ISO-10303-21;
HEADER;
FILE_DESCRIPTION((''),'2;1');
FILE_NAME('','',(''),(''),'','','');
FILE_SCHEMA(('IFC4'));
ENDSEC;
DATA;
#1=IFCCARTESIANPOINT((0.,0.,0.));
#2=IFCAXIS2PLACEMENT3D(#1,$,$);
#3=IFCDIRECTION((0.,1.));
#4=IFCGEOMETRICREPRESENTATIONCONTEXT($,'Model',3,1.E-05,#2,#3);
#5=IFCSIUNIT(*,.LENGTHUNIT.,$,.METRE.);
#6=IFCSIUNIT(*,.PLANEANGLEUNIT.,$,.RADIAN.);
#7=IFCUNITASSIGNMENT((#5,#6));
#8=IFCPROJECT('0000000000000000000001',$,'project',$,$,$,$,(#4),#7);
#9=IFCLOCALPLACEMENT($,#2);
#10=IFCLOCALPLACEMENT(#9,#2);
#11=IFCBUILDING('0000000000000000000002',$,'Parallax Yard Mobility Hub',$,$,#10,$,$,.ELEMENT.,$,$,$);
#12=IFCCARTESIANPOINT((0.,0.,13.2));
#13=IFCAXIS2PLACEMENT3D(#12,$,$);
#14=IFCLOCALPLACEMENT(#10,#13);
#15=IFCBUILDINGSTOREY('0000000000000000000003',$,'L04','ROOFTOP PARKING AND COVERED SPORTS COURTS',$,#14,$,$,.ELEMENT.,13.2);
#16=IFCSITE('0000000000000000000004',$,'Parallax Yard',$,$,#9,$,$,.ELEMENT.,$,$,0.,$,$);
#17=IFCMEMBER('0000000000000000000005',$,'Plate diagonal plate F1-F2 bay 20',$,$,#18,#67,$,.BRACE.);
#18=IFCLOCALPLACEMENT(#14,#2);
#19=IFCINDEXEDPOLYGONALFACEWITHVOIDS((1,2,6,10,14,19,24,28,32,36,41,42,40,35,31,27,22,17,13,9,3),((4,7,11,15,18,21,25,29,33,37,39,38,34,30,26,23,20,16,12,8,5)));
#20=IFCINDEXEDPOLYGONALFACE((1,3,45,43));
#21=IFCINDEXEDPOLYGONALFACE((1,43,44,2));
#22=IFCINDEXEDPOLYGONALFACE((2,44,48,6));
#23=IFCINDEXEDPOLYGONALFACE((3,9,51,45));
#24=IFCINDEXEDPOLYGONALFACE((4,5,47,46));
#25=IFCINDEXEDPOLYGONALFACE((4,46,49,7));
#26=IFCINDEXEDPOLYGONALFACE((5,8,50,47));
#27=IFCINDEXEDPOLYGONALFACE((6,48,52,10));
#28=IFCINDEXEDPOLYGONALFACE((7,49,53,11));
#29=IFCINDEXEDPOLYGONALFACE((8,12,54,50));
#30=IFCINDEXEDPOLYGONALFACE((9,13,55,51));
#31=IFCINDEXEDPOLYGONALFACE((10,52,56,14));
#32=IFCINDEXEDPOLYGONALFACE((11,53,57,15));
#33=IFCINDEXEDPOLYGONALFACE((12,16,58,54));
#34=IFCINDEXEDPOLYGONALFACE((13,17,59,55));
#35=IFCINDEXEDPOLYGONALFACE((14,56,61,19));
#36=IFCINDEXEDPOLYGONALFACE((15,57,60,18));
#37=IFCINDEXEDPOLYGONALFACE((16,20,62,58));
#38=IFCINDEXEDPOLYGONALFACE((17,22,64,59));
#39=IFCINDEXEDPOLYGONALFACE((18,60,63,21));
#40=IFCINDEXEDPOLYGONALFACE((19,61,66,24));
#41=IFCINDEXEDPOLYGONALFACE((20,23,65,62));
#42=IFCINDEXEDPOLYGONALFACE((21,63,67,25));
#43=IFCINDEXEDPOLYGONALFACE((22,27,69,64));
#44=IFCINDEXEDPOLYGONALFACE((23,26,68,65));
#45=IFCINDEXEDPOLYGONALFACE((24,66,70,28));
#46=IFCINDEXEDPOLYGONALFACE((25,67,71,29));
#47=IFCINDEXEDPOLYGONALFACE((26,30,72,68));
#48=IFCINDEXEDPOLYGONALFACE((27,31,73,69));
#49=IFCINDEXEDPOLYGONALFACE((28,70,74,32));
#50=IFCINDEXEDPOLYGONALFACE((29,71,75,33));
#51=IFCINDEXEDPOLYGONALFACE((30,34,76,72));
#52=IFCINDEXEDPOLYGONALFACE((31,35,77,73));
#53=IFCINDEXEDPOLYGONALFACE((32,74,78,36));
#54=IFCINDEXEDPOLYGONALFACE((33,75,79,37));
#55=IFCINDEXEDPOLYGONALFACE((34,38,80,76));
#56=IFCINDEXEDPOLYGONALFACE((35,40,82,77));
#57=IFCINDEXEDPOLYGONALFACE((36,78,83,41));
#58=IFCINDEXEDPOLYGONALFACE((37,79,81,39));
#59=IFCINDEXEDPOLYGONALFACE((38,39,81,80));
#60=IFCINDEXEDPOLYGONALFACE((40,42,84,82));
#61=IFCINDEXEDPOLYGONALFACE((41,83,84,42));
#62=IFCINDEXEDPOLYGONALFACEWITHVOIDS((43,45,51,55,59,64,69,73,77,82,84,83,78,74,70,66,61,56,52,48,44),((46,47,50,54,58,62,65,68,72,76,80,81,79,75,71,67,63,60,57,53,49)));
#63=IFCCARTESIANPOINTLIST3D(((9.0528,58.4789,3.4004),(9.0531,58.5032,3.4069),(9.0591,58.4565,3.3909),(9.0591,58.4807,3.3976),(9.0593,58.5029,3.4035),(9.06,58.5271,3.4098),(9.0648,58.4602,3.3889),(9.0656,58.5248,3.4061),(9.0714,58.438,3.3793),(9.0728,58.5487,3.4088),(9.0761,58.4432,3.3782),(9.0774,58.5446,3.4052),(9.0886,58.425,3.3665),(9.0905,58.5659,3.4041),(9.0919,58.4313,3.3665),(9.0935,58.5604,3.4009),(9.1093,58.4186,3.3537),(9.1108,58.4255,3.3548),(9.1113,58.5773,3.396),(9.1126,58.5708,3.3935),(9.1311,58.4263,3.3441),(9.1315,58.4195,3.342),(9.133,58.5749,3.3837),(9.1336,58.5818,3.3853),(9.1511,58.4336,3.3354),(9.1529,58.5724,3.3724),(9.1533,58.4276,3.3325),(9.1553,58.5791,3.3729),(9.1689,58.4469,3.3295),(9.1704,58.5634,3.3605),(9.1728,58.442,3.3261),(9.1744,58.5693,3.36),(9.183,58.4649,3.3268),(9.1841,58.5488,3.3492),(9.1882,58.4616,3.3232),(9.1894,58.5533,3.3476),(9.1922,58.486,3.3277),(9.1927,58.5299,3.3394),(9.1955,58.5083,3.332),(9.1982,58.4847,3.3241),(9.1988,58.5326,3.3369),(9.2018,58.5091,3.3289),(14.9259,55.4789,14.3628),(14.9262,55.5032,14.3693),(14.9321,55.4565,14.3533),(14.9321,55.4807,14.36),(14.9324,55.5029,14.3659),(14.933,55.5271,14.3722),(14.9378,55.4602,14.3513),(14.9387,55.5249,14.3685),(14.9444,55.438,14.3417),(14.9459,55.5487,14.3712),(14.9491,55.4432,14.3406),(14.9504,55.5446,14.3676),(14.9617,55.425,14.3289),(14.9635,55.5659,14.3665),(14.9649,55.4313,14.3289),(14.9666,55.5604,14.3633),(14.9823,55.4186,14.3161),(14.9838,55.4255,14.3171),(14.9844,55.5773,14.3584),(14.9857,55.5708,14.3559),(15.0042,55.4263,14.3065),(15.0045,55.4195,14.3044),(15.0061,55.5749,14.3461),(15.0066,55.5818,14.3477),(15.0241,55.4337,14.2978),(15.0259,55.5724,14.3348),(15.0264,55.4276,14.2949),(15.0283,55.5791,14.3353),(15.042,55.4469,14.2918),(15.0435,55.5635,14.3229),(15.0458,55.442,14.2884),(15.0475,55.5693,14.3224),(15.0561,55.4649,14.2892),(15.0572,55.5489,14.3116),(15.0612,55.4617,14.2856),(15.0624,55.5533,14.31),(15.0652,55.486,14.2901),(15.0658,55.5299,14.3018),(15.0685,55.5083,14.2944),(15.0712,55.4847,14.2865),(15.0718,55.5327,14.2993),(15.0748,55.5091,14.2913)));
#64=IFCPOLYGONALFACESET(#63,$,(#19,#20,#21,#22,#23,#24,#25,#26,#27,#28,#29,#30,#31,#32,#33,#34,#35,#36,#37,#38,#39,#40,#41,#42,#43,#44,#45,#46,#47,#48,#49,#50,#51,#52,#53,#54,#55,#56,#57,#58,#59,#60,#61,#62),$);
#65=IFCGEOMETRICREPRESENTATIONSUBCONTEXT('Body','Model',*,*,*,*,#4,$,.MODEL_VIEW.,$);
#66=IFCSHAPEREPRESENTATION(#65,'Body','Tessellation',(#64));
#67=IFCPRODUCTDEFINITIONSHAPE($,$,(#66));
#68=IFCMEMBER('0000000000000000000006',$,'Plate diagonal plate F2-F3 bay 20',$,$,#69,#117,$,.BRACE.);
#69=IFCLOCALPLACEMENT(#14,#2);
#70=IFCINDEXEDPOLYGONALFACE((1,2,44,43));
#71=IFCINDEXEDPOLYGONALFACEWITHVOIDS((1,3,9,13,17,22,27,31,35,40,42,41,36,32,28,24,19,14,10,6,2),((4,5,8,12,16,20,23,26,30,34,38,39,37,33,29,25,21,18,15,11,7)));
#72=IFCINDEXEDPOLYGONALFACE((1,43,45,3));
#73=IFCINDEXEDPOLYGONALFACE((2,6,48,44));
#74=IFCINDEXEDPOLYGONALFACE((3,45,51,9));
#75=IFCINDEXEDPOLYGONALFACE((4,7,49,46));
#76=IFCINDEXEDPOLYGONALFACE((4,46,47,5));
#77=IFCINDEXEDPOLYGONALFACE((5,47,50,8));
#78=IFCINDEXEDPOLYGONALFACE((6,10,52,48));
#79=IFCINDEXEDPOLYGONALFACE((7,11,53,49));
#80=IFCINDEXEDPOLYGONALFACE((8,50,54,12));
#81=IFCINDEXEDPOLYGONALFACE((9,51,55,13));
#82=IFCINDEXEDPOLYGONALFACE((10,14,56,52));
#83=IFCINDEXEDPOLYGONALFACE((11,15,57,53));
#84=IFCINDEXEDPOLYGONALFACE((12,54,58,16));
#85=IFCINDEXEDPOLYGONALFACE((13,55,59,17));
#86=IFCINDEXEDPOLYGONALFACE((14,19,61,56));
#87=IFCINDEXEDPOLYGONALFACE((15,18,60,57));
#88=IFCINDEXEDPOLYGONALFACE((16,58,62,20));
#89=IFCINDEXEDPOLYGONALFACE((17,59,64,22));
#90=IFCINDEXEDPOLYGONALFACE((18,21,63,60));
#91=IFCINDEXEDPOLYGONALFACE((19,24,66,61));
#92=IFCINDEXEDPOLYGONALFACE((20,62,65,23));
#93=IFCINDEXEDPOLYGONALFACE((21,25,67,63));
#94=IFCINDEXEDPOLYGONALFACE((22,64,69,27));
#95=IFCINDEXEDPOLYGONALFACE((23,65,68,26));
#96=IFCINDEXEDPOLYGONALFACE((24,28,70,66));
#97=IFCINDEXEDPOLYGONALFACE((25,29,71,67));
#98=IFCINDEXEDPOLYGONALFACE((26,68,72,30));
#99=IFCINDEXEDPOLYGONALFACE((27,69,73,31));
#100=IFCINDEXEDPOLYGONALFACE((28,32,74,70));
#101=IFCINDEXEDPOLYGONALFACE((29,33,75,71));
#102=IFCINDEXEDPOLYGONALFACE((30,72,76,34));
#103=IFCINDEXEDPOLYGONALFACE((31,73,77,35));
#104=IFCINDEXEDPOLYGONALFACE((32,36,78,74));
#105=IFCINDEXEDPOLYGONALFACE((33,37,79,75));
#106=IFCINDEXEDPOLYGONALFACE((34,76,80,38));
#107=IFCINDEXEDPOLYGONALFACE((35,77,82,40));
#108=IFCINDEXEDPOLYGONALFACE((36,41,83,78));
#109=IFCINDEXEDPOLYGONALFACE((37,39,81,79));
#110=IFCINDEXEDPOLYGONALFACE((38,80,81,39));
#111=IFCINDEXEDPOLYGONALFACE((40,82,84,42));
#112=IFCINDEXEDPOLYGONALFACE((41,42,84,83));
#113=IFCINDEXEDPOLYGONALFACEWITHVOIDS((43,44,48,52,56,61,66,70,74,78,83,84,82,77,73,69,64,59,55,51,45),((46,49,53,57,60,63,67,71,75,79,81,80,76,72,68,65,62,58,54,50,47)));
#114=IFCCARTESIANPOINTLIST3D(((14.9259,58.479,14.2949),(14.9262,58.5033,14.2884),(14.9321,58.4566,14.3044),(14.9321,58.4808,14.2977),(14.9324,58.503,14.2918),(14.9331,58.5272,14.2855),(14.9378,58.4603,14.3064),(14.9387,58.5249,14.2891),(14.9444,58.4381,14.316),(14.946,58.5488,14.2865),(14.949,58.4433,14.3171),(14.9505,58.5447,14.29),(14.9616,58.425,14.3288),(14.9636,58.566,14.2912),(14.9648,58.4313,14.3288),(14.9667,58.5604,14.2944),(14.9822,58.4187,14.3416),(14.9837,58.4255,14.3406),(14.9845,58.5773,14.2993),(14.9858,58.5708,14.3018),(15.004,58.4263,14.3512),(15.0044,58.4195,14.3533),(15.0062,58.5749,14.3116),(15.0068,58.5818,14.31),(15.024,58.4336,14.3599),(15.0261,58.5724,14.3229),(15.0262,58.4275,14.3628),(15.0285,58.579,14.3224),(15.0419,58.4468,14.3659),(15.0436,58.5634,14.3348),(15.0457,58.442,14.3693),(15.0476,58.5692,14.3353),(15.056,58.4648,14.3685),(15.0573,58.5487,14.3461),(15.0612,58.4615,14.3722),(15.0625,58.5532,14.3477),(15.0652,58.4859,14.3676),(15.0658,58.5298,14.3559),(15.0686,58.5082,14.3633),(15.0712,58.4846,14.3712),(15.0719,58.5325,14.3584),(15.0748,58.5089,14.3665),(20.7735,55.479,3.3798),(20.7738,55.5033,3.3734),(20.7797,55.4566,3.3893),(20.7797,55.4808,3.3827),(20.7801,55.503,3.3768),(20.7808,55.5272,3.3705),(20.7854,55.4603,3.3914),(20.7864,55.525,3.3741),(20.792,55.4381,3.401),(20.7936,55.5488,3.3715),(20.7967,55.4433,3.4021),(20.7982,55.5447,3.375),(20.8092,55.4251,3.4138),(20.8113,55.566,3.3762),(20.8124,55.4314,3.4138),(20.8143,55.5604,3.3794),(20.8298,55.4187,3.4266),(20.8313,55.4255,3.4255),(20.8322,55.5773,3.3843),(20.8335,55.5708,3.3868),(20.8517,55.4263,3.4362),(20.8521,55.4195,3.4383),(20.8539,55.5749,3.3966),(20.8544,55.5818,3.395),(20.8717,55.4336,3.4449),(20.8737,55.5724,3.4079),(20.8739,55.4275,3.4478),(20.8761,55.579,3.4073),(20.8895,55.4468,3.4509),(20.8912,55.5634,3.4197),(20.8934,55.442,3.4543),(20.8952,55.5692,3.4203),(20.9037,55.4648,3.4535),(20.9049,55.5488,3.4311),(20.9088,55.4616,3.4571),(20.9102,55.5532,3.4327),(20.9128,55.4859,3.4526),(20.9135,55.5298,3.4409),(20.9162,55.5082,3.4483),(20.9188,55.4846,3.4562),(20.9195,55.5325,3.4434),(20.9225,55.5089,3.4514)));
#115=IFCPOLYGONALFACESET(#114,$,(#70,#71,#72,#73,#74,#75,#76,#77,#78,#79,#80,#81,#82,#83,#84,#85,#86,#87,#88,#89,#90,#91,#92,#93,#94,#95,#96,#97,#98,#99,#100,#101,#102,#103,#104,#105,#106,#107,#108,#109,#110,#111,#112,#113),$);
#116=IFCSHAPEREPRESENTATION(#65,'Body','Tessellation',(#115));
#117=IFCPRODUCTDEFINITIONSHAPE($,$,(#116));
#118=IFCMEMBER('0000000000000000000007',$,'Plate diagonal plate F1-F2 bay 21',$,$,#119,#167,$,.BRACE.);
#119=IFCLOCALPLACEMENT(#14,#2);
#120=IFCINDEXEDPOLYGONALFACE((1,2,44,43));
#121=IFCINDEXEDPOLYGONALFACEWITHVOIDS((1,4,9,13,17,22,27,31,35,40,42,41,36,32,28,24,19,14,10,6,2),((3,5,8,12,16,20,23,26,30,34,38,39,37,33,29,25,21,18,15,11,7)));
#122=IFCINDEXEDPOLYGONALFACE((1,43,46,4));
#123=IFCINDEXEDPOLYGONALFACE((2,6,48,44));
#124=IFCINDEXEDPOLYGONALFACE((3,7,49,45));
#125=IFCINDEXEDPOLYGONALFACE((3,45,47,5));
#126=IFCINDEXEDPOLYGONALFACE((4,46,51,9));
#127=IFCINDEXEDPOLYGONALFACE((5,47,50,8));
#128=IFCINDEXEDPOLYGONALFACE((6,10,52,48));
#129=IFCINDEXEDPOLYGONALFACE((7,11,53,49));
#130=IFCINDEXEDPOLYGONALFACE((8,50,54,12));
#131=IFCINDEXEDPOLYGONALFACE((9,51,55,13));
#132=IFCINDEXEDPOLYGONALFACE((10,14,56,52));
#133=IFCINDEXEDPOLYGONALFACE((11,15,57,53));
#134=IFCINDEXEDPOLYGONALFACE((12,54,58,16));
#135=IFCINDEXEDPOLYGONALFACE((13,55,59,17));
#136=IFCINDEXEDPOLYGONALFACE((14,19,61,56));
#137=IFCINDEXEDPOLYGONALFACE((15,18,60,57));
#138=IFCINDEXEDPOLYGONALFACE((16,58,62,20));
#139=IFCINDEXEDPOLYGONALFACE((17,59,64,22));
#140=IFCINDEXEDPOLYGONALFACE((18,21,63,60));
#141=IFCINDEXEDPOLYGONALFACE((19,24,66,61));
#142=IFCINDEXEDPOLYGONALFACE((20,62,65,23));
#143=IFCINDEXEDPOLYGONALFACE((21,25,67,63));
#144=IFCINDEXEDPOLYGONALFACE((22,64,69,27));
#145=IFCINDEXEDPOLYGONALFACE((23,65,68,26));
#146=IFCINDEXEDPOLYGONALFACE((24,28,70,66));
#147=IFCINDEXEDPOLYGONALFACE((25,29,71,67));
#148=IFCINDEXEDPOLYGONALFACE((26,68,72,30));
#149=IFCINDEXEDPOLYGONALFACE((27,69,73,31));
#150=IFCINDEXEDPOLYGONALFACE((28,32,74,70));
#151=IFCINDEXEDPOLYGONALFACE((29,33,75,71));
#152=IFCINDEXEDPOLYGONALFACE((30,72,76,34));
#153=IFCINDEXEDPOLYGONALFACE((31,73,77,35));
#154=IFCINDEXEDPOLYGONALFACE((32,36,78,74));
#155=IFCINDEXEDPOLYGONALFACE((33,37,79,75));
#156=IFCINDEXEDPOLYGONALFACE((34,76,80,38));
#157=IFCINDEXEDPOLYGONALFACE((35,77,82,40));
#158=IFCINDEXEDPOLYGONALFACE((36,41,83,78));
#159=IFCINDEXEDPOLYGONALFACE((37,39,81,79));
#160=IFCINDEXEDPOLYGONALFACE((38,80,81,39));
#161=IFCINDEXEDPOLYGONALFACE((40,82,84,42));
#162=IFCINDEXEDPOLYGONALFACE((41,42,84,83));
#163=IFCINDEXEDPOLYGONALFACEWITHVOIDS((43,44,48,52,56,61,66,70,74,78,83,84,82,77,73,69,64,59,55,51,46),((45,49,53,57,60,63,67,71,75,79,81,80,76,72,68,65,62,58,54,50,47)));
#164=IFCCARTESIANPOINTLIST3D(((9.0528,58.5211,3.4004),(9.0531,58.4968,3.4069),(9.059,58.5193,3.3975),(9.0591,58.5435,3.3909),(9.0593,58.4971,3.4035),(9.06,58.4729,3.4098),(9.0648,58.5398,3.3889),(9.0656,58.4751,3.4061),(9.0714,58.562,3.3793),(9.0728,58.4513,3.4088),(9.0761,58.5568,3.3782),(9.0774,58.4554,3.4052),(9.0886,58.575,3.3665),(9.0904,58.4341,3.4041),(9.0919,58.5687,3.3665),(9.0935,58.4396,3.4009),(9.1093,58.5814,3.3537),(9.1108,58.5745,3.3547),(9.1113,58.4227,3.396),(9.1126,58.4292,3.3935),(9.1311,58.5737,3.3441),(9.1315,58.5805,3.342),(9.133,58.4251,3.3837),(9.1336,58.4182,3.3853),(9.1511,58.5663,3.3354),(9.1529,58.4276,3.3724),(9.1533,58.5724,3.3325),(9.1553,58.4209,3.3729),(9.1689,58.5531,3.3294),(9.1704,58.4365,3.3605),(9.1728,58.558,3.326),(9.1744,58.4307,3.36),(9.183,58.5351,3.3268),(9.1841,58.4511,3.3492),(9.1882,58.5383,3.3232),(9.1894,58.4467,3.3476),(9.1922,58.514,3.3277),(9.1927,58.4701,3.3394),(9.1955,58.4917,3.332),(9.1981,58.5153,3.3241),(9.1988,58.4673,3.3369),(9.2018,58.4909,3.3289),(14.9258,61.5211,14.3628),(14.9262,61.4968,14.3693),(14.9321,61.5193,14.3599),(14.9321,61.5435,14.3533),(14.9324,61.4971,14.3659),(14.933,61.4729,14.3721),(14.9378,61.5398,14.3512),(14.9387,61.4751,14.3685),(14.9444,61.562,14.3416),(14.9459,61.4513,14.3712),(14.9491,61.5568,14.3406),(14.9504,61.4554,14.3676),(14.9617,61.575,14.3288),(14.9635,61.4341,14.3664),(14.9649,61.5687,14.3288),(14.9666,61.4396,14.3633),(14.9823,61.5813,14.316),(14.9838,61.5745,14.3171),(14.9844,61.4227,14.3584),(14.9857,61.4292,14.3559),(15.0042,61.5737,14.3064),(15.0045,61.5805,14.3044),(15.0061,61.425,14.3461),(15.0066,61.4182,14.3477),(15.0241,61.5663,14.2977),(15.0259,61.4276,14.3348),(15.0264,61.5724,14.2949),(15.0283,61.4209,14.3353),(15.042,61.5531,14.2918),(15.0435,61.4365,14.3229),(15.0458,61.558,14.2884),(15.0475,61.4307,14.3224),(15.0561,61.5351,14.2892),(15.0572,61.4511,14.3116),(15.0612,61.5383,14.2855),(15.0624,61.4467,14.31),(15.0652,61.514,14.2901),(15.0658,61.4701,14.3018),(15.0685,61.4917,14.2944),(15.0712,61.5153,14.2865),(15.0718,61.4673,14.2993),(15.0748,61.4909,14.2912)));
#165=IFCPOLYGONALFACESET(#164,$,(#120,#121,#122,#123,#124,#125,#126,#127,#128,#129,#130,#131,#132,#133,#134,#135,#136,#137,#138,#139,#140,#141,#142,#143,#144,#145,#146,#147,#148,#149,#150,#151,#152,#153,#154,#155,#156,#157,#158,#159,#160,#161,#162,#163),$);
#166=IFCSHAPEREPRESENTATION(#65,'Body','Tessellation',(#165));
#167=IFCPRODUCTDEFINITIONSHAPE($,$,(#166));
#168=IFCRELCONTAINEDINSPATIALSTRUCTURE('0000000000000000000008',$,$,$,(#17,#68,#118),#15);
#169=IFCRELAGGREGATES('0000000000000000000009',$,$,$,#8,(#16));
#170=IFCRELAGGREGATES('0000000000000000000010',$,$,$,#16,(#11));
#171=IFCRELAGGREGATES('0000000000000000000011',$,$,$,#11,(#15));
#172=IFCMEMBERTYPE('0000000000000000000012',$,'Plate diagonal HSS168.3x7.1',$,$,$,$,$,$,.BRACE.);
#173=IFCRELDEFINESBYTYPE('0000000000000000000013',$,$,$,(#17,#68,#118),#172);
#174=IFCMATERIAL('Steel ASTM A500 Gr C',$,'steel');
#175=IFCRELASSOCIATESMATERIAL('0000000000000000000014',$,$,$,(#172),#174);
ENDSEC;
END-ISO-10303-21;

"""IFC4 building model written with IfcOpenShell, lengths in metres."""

from ifc_helpers import new_model, si_unit, direction, frame, origin, origin_2d, place, context, subcontext, project, spatial, hollow_circle, extrude, material, material_profile, profile_set, type_object, element, save


model = new_model("IFC4")

# Units and contexts
model_context = context("Model", 3, precision=1e-05, world=origin(), true_north=direction((0.0, 1.0)))
body_context = subcontext(model_context, "Body", "Model", "MODEL_VIEW")
ifc_project = project(units=[si_unit("LENGTHUNIT", "METRE"), si_unit("PLANEANGLEUNIT", "RADIAN")], contexts=[model_context])

# Site, building, storey
site_placement = place(None, origin())
site = spatial("IfcSite", under=ifc_project, at=site_placement, Name="Parallax Yard", CompositionType="ELEMENT", RefElevation=0.0)
building_placement = place(site_placement, origin())
building = spatial("IfcBuilding", under=site, at=building_placement, Name="Parallax Yard Mobility Hub", CompositionType="ELEMENT")
storey_placement = place(building_placement, frame((0.0, 0.0, 13.2)))
storey = spatial("IfcBuildingStorey", under=building, at=storey_placement, Name="L04", Description="ROOFTOP PARKING AND COVERED SPORTS COURTS", CompositionType="ELEMENT", Elevation=13.2)

# Members
ifc_material_1 = material(Name="Steel ASTM A500 Gr C", Category="steel")
ifc_material_profile_1 = material_profile(ifc_material_1, hollow_circle(Radius=0.0842, WallThickness=0.0071, at=origin_2d()), Name="HSS168.3x7.1")
ifc_profile_set_1 = profile_set([ifc_material_profile_1], Name="Steel ASTM A500 Gr C")
member_type_1 = type_object("IfcMemberType", Name="Plate diagonal HSS168.3x7.1", PredefinedType="BRACE", material=ifc_profile_set_1)
member_1_placement = place(storey_placement, frame((15.0, 55.5, 14.3289), z_axis=(-0.459074, 0.234499, -0.85689), x_axis=(-0.454897, -0.890544, 0.0)))
element("IfcMember", 1, at=member_1_placement, inside=storey, type_object=member_type_1, Name="Plate diagonal plate F1-F2 bay 20", PredefinedType="BRACE", context=body_context, shape_type="SweptSolid", body=[
    extrude(hollow_circle(Radius=0.0842, WallThickness=0.0071, at=origin_2d()), origin(), (0.0, 0.0, 1.0), 12.7932),
])
member_2_placement = place(storey_placement, frame((20.8477, 55.5, 3.4138), z_axis=(-0.458964, 0.23546, 0.856686), x_axis=(-0.456461, -0.889743, 0.0)))
element("IfcMember", 2, at=member_2_placement, inside=storey, type_object=member_type_1, Name="Plate diagonal plate F2-F3 bay 20", PredefinedType="BRACE", context=body_context, shape_type="SweptSolid", body=[
    extrude(hollow_circle(Radius=0.0842, WallThickness=0.0071, at=origin_2d()), origin(), (0.0, 0.0, 1.0), 12.741),
])
member_3_placement = place(storey_placement, frame((9.127, 58.5, 3.3665), z_axis=(0.459074, 0.234499, 0.85689), x_axis=(-0.454897, 0.890544, 0.0)))
element("IfcMember", 3, at=member_3_placement, inside=storey, type_object=member_type_1, Name="Plate diagonal plate F1-F2 bay 21", PredefinedType="BRACE", context=body_context, shape_type="SweptSolid", body=[
    extrude(hollow_circle(Radius=0.0842, WallThickness=0.0071, at=origin_2d()), origin(), (0.0, 0.0, 1.0), 12.7932),
])

save(model, "model.ifc")
